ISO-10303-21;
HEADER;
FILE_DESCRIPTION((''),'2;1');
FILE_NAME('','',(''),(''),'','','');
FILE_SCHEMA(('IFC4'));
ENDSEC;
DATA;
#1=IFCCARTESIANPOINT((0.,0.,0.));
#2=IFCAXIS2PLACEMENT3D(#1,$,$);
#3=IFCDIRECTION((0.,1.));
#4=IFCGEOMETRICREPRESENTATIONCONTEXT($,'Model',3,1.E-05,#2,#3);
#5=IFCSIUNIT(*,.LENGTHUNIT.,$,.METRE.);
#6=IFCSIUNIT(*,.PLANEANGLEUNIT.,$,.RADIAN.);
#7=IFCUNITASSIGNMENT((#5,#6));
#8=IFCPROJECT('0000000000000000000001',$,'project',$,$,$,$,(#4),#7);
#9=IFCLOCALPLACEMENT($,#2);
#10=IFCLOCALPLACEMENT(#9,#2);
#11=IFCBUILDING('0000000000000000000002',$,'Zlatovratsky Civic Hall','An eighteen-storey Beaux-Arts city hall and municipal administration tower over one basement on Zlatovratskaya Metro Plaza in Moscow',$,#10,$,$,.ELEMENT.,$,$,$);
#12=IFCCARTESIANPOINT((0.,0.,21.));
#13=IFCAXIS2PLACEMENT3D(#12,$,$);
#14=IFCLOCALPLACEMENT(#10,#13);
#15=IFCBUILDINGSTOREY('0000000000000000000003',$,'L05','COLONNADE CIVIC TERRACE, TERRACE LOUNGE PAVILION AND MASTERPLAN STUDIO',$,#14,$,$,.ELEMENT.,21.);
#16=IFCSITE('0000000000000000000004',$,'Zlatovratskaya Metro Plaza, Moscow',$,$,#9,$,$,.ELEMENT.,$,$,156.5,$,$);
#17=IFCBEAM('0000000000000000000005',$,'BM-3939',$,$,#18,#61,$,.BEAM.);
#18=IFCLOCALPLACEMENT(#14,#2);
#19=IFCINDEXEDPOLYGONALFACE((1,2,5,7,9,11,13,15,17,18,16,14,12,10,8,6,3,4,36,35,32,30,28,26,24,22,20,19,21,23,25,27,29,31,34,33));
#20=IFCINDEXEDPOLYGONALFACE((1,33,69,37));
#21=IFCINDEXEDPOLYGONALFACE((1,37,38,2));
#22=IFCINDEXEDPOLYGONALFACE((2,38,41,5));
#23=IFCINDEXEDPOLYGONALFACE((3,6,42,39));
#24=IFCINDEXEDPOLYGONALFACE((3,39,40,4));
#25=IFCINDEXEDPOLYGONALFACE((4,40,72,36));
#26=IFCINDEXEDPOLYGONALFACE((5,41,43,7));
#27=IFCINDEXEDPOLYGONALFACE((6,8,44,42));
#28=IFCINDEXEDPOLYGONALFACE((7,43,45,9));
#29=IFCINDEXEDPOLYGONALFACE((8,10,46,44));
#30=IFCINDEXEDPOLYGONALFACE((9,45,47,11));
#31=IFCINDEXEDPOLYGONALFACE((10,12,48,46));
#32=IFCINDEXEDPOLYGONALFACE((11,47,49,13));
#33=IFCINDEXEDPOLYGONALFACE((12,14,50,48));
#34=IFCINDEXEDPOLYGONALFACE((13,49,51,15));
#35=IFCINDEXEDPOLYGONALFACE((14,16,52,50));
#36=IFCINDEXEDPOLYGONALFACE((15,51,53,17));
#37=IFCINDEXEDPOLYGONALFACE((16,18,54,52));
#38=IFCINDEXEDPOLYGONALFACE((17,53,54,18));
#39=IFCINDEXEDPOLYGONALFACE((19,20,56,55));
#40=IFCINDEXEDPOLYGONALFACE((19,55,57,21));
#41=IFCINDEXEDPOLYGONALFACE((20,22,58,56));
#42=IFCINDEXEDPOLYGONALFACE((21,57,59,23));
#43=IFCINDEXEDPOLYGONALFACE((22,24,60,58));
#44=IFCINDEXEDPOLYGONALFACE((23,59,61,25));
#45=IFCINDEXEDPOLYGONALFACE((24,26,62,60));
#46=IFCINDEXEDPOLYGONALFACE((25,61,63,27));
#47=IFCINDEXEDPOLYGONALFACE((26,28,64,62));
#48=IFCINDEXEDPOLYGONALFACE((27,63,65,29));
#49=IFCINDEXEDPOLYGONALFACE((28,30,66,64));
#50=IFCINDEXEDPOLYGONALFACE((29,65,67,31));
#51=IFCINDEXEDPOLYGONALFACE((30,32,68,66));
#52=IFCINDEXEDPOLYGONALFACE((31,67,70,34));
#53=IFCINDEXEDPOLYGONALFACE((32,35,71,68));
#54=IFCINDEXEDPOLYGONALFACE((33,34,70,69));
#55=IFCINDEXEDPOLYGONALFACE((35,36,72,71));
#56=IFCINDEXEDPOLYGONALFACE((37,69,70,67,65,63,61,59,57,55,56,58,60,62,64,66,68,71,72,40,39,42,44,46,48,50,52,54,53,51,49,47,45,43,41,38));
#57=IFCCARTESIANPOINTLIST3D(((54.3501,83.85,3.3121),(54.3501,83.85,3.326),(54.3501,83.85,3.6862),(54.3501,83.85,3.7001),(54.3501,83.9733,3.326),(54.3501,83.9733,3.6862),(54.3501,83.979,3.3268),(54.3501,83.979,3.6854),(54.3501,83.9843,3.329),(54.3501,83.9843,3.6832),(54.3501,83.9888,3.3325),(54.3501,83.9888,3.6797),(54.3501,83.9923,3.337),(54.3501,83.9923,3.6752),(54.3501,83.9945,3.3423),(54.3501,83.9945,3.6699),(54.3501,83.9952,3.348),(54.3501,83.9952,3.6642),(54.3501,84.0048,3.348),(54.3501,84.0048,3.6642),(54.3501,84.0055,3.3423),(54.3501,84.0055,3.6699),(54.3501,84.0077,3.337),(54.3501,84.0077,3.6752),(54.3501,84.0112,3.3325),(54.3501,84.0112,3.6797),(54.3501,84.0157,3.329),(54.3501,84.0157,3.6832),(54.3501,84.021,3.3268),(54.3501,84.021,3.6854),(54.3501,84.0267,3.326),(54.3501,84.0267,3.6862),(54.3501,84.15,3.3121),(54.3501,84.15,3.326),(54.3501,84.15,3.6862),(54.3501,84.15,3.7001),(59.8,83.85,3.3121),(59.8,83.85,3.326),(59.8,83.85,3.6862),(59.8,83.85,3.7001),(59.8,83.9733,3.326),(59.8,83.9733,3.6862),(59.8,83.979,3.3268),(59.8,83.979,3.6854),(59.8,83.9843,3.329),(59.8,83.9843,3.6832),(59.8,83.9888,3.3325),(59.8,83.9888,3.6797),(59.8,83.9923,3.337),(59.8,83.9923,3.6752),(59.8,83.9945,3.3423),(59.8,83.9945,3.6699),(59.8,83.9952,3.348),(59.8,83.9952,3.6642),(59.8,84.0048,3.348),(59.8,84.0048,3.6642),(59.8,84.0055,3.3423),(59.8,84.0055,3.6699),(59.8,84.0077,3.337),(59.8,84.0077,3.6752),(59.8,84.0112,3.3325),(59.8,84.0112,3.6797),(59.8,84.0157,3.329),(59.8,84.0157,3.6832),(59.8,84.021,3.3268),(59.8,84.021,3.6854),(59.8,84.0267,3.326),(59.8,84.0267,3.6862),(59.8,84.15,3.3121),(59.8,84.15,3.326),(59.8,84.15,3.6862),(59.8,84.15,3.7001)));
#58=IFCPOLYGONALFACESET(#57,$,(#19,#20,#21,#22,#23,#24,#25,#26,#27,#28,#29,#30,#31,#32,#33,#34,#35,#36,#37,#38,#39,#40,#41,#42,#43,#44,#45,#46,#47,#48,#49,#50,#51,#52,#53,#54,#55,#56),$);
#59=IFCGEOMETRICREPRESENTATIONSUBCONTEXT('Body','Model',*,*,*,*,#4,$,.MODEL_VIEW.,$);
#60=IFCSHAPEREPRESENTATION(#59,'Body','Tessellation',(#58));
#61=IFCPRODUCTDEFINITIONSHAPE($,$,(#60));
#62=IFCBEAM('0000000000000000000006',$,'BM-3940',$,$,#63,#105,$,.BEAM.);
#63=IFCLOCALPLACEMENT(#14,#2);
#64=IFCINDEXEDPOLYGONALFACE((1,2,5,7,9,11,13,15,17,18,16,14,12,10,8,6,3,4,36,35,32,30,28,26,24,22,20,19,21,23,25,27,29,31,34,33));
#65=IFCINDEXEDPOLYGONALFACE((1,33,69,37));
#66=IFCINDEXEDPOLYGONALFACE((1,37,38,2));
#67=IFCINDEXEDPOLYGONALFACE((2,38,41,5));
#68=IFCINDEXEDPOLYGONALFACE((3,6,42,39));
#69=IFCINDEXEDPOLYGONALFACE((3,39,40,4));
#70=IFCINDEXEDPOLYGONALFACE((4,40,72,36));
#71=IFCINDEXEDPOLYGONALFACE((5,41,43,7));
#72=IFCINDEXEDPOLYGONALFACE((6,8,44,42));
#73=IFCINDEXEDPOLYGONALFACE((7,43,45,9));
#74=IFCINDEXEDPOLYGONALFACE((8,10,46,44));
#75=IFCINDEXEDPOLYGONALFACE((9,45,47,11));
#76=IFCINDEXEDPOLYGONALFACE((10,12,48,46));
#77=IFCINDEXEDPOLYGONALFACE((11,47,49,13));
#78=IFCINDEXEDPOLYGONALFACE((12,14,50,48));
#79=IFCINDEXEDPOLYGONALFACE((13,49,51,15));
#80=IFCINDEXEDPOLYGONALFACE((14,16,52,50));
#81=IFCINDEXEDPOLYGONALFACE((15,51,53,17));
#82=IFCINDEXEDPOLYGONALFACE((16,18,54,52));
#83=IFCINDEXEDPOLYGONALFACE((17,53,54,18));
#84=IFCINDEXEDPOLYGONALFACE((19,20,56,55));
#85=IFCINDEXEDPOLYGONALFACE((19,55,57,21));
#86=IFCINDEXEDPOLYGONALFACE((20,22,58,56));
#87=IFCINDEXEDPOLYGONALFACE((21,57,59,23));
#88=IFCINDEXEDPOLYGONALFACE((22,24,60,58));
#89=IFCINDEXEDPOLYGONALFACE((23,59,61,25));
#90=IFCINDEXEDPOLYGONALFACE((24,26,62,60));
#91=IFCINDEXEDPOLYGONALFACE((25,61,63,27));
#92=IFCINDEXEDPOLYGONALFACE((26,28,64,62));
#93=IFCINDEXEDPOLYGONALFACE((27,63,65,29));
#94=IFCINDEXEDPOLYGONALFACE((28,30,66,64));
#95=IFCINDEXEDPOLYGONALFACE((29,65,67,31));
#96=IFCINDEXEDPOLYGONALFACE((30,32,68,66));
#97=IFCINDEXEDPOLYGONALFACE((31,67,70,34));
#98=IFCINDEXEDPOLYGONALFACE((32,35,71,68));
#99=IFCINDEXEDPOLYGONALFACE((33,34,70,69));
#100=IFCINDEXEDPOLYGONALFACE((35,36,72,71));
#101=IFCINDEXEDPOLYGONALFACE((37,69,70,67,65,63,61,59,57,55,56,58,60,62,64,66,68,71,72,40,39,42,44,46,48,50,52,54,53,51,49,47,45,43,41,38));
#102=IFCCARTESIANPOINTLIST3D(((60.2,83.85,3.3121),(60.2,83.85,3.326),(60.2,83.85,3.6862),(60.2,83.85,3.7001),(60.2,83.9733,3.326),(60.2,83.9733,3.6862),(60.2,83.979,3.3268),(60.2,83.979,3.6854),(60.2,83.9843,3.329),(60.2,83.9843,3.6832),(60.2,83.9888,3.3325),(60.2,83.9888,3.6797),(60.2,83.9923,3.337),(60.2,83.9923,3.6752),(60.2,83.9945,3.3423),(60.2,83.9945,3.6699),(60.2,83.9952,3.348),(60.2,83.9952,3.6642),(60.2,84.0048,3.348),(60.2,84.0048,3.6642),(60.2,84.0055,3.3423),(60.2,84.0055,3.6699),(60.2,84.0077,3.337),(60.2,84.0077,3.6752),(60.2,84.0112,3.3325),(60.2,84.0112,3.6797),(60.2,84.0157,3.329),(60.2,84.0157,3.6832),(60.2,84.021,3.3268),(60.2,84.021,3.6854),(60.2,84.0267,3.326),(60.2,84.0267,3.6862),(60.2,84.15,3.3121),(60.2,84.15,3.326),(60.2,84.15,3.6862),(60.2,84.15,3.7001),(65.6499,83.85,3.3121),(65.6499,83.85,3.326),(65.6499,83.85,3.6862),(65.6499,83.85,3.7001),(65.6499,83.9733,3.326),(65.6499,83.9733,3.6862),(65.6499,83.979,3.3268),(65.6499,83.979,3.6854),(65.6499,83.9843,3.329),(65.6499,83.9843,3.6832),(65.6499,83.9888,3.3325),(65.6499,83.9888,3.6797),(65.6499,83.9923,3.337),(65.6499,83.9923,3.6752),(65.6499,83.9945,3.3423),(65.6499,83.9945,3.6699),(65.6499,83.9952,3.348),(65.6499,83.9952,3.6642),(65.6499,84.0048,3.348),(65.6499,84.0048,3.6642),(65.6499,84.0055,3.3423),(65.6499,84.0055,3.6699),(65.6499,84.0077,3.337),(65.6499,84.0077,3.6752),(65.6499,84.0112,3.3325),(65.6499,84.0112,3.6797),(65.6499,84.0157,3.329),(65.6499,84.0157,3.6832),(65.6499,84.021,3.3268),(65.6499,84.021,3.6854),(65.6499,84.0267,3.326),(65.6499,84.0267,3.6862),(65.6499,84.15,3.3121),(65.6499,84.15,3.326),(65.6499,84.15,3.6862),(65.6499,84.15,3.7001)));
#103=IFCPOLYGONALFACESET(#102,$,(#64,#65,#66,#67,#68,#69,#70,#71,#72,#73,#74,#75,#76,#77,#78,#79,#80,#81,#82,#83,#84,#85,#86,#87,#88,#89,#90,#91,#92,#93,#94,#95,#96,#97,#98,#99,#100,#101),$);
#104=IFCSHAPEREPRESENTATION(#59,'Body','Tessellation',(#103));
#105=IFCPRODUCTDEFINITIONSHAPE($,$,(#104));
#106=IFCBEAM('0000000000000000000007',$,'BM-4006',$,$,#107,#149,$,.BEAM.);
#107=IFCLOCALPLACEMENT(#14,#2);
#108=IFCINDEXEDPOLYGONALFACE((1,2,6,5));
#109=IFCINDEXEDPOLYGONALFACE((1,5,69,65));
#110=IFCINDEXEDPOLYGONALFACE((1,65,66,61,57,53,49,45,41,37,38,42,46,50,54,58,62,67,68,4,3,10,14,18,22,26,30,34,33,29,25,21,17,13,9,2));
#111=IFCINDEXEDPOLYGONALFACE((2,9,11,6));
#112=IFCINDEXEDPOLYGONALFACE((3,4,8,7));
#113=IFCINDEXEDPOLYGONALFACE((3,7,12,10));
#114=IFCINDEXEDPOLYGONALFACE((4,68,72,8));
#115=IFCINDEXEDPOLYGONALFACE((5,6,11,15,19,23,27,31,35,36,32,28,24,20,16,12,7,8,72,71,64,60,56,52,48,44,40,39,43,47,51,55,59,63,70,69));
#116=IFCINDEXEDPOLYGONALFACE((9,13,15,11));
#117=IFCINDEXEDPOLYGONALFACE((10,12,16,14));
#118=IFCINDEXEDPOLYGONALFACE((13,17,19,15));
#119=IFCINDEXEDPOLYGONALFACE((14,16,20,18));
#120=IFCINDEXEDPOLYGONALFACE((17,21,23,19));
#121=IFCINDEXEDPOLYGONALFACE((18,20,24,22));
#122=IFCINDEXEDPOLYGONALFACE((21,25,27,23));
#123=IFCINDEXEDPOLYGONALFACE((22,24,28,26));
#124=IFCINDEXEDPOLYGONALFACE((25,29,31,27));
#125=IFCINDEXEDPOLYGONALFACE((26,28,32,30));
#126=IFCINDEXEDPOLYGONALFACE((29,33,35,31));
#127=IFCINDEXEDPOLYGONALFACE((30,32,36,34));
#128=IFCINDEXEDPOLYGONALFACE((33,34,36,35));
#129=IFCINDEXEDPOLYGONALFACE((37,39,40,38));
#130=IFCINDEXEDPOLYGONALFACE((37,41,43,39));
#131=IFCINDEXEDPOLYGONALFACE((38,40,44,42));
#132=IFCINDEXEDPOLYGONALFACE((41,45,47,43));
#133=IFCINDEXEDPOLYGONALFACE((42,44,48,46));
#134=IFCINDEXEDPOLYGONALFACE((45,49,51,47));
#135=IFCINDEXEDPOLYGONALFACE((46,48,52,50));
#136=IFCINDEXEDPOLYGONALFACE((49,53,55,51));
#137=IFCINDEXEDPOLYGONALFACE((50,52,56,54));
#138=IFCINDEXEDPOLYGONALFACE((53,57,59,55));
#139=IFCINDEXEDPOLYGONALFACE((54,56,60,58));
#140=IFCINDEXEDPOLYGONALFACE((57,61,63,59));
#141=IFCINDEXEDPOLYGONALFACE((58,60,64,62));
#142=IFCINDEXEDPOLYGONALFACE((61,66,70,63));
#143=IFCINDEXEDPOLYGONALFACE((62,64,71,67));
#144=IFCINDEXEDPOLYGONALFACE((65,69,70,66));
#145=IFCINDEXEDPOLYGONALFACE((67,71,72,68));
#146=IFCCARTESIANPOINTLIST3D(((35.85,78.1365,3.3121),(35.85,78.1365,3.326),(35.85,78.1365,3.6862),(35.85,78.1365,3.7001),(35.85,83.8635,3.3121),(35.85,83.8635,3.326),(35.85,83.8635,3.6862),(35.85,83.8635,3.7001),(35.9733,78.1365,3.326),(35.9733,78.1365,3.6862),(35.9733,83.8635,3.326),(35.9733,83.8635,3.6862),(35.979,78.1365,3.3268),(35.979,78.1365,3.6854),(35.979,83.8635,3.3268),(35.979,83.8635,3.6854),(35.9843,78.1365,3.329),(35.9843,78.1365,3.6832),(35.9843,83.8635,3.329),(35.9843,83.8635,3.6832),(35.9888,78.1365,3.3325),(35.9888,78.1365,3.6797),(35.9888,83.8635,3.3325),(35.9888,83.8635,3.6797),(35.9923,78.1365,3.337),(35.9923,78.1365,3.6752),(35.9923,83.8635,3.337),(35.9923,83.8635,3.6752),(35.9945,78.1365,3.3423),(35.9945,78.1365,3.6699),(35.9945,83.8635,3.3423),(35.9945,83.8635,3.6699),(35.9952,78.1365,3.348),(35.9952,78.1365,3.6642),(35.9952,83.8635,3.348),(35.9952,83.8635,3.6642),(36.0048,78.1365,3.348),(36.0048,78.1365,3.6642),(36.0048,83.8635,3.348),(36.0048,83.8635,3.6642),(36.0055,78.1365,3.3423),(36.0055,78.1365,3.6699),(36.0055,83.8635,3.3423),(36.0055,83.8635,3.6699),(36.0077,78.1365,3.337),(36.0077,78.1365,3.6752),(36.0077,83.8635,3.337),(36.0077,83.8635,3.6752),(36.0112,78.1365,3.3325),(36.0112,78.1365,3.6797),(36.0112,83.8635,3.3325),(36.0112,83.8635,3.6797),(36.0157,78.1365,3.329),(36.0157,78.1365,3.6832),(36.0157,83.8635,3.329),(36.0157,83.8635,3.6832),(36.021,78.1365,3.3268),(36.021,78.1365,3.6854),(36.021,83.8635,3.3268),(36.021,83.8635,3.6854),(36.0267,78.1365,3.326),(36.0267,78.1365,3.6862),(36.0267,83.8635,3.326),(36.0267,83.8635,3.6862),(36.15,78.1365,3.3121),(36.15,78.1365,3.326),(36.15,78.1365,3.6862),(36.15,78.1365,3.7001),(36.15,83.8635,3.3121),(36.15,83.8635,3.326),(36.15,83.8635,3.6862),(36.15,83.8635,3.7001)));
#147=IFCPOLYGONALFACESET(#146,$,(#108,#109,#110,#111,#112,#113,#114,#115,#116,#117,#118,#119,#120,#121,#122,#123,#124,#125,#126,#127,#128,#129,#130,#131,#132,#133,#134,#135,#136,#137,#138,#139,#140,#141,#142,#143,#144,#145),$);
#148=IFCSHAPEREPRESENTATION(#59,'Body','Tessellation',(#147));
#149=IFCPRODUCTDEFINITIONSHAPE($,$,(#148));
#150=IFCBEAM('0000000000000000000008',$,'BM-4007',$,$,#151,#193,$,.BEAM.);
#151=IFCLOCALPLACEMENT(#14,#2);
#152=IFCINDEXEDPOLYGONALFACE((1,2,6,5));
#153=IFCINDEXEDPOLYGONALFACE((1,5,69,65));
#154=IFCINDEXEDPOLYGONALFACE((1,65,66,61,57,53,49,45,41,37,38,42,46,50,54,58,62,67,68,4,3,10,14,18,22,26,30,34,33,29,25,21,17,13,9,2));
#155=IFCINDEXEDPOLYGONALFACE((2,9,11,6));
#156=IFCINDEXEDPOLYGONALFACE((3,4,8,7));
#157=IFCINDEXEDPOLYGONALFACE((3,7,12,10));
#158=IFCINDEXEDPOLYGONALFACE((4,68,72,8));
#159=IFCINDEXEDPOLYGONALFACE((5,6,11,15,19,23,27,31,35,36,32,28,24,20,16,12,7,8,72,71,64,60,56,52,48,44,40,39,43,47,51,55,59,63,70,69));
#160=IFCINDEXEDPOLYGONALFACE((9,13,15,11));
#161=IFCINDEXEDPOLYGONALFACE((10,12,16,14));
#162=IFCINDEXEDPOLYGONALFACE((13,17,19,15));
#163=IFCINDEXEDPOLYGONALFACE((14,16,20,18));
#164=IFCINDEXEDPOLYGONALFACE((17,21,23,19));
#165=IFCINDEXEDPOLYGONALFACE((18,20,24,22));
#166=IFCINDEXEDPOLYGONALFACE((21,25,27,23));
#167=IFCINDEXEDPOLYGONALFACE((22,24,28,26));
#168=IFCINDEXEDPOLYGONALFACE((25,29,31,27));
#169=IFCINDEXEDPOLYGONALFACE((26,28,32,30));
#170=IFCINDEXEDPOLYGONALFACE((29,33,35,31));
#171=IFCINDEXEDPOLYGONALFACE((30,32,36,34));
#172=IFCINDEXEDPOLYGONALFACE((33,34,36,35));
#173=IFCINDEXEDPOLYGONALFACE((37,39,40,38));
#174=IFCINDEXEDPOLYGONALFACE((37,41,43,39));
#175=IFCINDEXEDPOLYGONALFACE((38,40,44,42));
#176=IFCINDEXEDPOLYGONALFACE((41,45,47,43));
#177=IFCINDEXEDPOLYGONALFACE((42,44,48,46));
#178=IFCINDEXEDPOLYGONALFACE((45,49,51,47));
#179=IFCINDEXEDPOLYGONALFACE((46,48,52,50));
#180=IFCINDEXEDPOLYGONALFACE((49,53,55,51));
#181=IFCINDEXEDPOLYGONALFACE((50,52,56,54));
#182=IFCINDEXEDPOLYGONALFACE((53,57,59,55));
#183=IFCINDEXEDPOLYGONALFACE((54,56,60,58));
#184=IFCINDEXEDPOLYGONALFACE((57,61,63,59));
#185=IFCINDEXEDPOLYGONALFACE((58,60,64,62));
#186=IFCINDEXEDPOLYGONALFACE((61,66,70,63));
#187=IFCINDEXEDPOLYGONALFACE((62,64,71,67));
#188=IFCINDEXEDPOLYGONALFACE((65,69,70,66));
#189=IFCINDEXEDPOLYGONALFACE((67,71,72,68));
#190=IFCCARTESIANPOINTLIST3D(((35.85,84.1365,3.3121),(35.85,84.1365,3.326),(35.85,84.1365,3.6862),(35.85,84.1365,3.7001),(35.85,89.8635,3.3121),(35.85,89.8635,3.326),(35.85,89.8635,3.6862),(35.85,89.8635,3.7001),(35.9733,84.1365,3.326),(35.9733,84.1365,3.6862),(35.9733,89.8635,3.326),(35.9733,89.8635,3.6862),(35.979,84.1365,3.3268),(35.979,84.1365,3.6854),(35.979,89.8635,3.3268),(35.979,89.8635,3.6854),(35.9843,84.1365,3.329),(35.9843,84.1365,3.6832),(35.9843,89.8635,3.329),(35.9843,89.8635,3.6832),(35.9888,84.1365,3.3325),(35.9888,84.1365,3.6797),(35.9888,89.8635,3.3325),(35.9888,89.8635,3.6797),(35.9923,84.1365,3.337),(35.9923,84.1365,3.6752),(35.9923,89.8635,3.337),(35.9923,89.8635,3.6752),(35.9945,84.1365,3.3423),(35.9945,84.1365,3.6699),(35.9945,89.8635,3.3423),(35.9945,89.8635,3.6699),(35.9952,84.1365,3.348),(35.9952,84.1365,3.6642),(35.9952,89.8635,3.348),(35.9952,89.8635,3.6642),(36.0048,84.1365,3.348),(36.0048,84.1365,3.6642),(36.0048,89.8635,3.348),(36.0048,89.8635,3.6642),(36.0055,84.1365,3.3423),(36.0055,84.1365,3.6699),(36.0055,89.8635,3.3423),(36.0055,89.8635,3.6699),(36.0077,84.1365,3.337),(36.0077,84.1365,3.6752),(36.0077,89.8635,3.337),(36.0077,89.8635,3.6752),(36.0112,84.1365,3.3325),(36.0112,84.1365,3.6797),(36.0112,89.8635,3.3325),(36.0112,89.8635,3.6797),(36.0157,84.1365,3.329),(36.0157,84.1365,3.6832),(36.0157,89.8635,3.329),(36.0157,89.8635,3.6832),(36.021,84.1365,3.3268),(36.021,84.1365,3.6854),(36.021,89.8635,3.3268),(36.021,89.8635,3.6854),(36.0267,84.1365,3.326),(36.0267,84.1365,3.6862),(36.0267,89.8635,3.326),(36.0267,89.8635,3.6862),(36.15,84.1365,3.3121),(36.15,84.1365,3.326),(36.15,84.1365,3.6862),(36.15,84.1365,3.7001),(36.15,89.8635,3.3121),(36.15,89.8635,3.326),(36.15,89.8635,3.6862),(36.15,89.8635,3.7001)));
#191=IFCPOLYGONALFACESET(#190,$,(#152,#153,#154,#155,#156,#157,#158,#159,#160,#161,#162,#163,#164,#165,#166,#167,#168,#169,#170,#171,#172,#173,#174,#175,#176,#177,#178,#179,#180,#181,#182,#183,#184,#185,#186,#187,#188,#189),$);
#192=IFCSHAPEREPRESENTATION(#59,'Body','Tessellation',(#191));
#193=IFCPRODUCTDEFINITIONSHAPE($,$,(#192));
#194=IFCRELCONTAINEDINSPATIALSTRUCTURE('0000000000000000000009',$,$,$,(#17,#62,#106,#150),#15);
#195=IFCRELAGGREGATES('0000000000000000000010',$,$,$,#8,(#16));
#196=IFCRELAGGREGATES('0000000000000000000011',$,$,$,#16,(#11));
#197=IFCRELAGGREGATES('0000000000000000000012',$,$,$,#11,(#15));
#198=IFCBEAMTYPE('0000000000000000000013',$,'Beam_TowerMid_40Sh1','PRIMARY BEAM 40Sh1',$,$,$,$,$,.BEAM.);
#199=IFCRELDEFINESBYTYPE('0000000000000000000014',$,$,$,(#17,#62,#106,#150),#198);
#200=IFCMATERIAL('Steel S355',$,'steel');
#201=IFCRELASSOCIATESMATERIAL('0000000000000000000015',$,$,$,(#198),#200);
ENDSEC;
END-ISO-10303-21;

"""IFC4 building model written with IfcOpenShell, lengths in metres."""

from ifc_helpers import new_model, si_unit, direction, frame, origin, origin_2d, place, context, subcontext, project, spatial, i_section, extrude, material, material_profile, profile_set, type_object, element, save


model = new_model("IFC4")

# Units and contexts
model_context = context("Model", 3, precision=1e-05, world=origin(), true_north=direction((0.0, 1.0)))
body_context = subcontext(model_context, "Body", "Model", "MODEL_VIEW")
ifc_project = project(units=[si_unit("LENGTHUNIT", "METRE"), si_unit("PLANEANGLEUNIT", "RADIAN")], contexts=[model_context])

# Site, building, storey
site_placement = place(None, origin())
site = spatial("IfcSite", under=ifc_project, at=site_placement, Name="Zlatovratskaya Metro Plaza, Moscow", CompositionType="ELEMENT", RefElevation=156.5)
building_placement = place(site_placement, origin())
building = spatial("IfcBuilding", under=site, at=building_placement, Name="Zlatovratsky Civic Hall", Description="An eighteen-storey Beaux-Arts city hall and municipal administration tower over one basement on Zlatovratskaya Metro Plaza in Moscow", CompositionType="ELEMENT")
storey_placement = place(building_placement, frame((0.0, 0.0, 21.0)))
storey = spatial("IfcBuildingStorey", under=building, at=storey_placement, Name="L05", Description="COLONNADE CIVIC TERRACE, TERRACE LOUNGE PAVILION AND MASTERPLAN STUDIO", CompositionType="ELEMENT", Elevation=21.0)

# Shared definitions
ifc_material_1 = material(Name="Steel S355", Category="steel")

# Beams
ifc_material_profile_1 = material_profile(ifc_material_1, i_section(OverallWidth=0.3, OverallDepth=0.3879, WebThickness=0.0095, FlangeThickness=0.0139, FilletRadius=0.022, at=origin_2d()), Name="40Sh1")
ifc_profile_set_1 = profile_set([ifc_material_profile_1], Name="Steel S355")
beam_type_1 = type_object("IfcBeamType", Name="Beam_TowerMid_40Sh1", Description="PRIMARY BEAM 40Sh1", PredefinedType="BEAM", material=ifc_profile_set_1)
for number, where, z_axis, x_axis, name in (
    (1, (54.3501, 84.0, 3.5061), (1.0, 0.0, 0.0), (0.0, 1.0, 0.0), "BM-3939"),
    (2, (60.2, 84.0, 3.5061), (1.0, 0.0, 0.0), (0.0, 1.0, 0.0), "BM-3940"),
):
    element("IfcBeam", number, at=place(storey_placement, frame(where, z_axis=z_axis, x_axis=x_axis)), inside=storey, type_object=beam_type_1, Name=name, PredefinedType="BEAM", context=body_context, shape_type="SweptSolid", body=[
        extrude(i_section(OverallWidth=0.3, OverallDepth=0.3879, WebThickness=0.0095, FlangeThickness=0.0139, FilletRadius=0.022, at=origin_2d()), origin(), (0.0, 0.0, 1.0), 5.45),
    ])
for number, where, z_axis, x_axis, name in (
    (3, (36.0, 78.1365, 3.5061), (0.0, 1.0, 0.0), (-1.0, 0.0, 0.0), "BM-4006"),
    (4, (36.0, 84.1365, 3.5061), (0.0, 1.0, 0.0), (-1.0, 0.0, 0.0), "BM-4007"),
):
    element("IfcBeam", number, at=place(storey_placement, frame(where, z_axis=z_axis, x_axis=x_axis)), inside=storey, type_object=beam_type_1, Name=name, PredefinedType="BEAM", context=body_context, shape_type="SweptSolid", body=[
        extrude(i_section(OverallWidth=0.3, OverallDepth=0.3879, WebThickness=0.0095, FlangeThickness=0.0139, FilletRadius=0.022, at=origin_2d()), origin(), (0.0, 0.0, 1.0), 5.7271),
    ])

save(model, "model.ifc")
